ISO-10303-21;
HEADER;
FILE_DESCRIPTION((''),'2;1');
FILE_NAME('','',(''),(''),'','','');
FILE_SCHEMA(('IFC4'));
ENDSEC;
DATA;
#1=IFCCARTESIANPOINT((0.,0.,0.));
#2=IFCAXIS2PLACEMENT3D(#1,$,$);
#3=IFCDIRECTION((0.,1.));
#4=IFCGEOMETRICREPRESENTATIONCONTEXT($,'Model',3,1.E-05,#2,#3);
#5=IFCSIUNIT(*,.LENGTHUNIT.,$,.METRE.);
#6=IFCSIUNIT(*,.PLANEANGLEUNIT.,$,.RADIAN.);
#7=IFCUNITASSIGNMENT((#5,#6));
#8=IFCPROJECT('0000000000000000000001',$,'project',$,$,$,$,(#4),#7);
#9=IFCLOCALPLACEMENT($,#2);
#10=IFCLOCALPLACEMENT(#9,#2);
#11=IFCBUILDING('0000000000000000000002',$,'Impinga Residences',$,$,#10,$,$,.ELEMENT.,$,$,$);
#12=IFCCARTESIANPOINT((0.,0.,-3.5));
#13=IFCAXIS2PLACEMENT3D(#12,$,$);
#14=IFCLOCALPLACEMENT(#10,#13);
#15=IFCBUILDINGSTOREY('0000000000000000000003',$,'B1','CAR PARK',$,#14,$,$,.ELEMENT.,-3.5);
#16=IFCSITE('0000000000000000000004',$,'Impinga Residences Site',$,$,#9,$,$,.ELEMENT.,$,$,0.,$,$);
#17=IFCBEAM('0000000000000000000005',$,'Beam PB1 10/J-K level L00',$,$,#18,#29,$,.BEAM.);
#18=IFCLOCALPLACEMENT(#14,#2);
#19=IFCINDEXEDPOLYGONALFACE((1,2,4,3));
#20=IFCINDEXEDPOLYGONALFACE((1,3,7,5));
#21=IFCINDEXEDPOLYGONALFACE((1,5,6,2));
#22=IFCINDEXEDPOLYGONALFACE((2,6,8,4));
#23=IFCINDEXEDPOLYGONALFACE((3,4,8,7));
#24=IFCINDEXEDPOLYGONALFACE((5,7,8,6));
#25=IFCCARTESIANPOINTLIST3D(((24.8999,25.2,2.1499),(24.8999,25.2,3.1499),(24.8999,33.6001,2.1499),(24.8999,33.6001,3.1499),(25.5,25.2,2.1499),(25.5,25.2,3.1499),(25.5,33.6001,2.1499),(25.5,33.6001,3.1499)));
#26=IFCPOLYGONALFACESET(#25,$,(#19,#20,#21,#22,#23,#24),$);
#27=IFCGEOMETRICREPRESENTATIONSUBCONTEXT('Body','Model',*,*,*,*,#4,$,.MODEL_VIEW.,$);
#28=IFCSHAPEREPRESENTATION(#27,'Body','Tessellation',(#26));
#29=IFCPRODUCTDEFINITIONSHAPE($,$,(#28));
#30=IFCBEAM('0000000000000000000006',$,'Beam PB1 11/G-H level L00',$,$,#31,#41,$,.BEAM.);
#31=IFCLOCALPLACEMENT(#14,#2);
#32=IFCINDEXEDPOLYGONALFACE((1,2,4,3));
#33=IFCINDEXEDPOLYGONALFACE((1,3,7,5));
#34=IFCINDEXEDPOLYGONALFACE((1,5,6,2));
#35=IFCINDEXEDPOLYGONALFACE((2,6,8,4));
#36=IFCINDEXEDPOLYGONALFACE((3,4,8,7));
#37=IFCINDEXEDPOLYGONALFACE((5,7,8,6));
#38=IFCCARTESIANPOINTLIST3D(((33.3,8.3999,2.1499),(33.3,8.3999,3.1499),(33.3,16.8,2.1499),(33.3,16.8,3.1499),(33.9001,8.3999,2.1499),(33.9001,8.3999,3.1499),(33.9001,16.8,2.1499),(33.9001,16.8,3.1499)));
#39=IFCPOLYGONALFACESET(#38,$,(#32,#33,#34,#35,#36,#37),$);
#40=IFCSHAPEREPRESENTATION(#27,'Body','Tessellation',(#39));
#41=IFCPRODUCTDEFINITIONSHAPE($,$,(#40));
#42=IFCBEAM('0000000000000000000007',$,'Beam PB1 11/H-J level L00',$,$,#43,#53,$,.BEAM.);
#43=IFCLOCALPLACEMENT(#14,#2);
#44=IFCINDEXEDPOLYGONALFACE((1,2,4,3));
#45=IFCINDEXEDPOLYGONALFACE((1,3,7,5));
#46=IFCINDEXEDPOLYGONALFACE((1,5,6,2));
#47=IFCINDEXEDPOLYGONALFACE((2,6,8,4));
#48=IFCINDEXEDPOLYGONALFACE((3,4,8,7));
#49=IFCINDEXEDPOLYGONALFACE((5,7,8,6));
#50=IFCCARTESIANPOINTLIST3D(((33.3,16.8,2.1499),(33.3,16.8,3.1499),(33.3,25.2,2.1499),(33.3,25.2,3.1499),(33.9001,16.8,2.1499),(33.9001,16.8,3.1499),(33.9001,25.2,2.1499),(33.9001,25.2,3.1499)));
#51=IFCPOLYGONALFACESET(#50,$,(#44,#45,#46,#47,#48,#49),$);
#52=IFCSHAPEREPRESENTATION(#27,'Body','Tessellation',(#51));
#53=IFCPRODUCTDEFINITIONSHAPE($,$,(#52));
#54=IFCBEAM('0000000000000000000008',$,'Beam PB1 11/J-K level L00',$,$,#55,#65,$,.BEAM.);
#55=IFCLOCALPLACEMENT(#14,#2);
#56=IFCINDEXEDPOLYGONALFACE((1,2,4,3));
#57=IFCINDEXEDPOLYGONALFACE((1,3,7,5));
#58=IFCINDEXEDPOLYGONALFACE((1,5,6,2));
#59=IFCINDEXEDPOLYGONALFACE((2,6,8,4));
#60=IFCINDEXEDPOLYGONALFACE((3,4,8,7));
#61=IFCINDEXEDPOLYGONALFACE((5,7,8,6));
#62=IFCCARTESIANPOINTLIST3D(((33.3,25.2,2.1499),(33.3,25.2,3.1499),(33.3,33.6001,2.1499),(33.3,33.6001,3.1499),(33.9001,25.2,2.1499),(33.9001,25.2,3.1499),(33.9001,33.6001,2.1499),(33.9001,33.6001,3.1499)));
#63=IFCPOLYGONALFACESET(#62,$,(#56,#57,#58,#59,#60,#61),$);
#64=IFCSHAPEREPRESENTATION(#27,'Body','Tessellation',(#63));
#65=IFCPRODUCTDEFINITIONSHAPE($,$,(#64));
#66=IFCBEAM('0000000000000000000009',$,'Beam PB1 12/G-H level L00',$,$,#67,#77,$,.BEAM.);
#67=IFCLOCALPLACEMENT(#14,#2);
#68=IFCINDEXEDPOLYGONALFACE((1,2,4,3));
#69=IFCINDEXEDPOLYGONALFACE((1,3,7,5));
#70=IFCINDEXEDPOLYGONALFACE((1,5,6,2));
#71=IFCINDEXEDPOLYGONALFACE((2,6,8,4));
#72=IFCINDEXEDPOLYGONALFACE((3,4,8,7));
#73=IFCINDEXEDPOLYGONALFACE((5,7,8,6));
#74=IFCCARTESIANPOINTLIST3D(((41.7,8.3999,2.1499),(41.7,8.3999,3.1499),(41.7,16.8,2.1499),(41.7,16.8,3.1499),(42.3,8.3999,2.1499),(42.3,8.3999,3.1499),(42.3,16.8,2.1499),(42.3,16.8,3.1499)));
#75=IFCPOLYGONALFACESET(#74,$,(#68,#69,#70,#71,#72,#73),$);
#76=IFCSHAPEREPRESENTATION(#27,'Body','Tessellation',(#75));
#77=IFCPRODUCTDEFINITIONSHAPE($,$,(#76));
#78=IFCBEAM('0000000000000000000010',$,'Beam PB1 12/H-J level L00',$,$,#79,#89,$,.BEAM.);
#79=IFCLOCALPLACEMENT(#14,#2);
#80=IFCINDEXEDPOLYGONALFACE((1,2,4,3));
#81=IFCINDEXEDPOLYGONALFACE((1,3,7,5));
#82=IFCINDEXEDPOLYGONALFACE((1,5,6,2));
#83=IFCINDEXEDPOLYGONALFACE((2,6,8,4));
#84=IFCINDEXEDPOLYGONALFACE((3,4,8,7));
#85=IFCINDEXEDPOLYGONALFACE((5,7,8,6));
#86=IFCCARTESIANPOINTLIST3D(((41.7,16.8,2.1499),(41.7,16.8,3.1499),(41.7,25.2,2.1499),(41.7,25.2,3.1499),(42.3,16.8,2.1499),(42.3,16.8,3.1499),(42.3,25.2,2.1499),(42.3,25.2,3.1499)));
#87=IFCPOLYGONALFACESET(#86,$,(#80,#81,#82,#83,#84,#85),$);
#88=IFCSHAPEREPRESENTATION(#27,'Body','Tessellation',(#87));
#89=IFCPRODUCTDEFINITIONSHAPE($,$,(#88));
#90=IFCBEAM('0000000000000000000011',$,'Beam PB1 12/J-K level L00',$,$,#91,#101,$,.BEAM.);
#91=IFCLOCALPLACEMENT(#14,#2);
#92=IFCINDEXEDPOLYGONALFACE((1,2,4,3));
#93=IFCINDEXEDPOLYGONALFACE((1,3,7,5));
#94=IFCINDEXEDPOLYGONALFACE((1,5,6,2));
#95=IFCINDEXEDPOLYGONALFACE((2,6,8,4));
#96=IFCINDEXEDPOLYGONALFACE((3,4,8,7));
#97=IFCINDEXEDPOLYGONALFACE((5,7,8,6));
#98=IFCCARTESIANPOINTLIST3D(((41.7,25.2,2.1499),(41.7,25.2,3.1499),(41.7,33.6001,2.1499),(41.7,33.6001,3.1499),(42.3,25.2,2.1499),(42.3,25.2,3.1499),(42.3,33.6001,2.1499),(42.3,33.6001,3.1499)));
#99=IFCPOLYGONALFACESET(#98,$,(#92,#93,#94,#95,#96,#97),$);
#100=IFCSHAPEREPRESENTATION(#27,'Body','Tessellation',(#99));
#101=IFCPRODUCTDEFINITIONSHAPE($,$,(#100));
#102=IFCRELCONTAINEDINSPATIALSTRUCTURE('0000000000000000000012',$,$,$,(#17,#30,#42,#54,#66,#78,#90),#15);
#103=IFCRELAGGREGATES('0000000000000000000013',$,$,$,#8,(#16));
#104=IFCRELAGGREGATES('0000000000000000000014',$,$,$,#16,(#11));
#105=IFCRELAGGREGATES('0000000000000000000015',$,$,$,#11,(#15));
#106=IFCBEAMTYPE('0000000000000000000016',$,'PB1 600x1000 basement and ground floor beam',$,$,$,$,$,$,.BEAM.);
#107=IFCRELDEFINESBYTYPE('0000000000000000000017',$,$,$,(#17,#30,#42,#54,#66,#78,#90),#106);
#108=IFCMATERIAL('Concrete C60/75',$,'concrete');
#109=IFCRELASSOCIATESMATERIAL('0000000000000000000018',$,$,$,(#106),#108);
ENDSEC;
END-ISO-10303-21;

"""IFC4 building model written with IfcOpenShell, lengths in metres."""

from ifc_helpers import new_model, si_unit, direction, frame, origin, origin_2d, place, context, subcontext, project, spatial, rectangle, extrude, material, material_profile, profile_set, type_object, element, save


model = new_model("IFC4")

# Units and contexts
model_context = context("Model", 3, precision=1e-05, world=origin(), true_north=direction((0.0, 1.0)))
body_context = subcontext(model_context, "Body", "Model", "MODEL_VIEW")
ifc_project = project(units=[si_unit("LENGTHUNIT", "METRE"), si_unit("PLANEANGLEUNIT", "RADIAN")], contexts=[model_context])

# Site, building, storey
site_placement = place(None, origin())
site = spatial("IfcSite", under=ifc_project, at=site_placement, Name="Impinga Residences Site", CompositionType="ELEMENT", RefElevation=0.0)
building_placement = place(site_placement, origin())
building = spatial("IfcBuilding", under=site, at=building_placement, Name="Impinga Residences", CompositionType="ELEMENT")
storey_placement = place(building_placement, frame((0.0, 0.0, -3.5)))
storey = spatial("IfcBuildingStorey", under=building, at=storey_placement, Name="B1", Description="CAR PARK", CompositionType="ELEMENT", Elevation=-3.5)

# Beams
ifc_material_1 = material(Name="Concrete C60/75", Category="concrete")
ifc_material_profile_1 = material_profile(ifc_material_1, rectangle(XDim=0.6001, YDim=1.0, at=origin_2d()), Name="RC 600x1000")
ifc_profile_set_1 = profile_set([ifc_material_profile_1], Name="Concrete C60/75")
beam_type = type_object("IfcBeamType", Name="PB1 600x1000 basement and ground floor beam", PredefinedType="BEAM", material=ifc_profile_set_1)
for number, where, z_axis, x_axis, name in (
    (1, (25.2, 25.2, 2.6499), (0.0, 1.0, 0.0), (-1.0, 0.0, 0.0), "Beam PB1 10/J-K level L00"),
    (2, (33.6001, 8.3999, 2.6499), (0.0, 1.0, 0.0), (-1.0, 0.0, 0.0), "Beam PB1 11/G-H level L00"),
):
    element("IfcBeam", number, at=place(storey_placement, frame(where, z_axis=z_axis, x_axis=x_axis)), inside=storey, type_object=beam_type, Name=name, PredefinedType="BEAM", context=body_context, shape_type="SweptSolid", body=[
        extrude(rectangle(XDim=0.6001, YDim=1.0, at=origin_2d()), origin(), (0.0, 0.0, 1.0), 8.4001),
    ])
beam_1_placement = place(storey_placement, frame((33.6001, 16.8, 2.6499), z_axis=(0.0, 1.0, 0.0), x_axis=(-1.0, 0.0, 0.0)))
element("IfcBeam", 3, at=beam_1_placement, inside=storey, type_object=beam_type, Name="Beam PB1 11/H-J level L00", PredefinedType="BEAM", context=body_context, shape_type="SweptSolid", body=[
    extrude(rectangle(XDim=0.6001, YDim=1.0, at=origin_2d()), origin(), (0.0, 0.0, 1.0), 8.3999),
])
for number, where, z_axis, x_axis, name in (
    (4, (33.6001, 25.2, 2.6499), (0.0, 1.0, 0.0), (-1.0, 0.0, 0.0), "Beam PB1 11/J-K level L00"),
    (5, (42.0, 8.3999, 2.6499), (0.0, 1.0, 0.0), (-1.0, 0.0, 0.0), "Beam PB1 12/G-H level L00"),
):
    element("IfcBeam", number, at=place(storey_placement, frame(where, z_axis=z_axis, x_axis=x_axis)), inside=storey, type_object=beam_type, Name=name, PredefinedType="BEAM", context=body_context, shape_type="SweptSolid", body=[
        extrude(rectangle(XDim=0.6001, YDim=1.0, at=origin_2d()), origin(), (0.0, 0.0, 1.0), 8.4001),
    ])
beam_2_placement = place(storey_placement, frame((42.0, 16.8, 2.6499), z_axis=(0.0, 1.0, 0.0), x_axis=(-1.0, 0.0, 0.0)))
element("IfcBeam", 6, at=beam_2_placement, inside=storey, type_object=beam_type, Name="Beam PB1 12/H-J level L00", PredefinedType="BEAM", context=body_context, shape_type="SweptSolid", body=[
    extrude(rectangle(XDim=0.6001, YDim=1.0, at=origin_2d()), origin(), (0.0, 0.0, 1.0), 8.3999),
])
beam_3_placement = place(storey_placement, frame((42.0, 25.2, 2.6499), z_axis=(0.0, 1.0, 0.0), x_axis=(-1.0, 0.0, 0.0)))
element("IfcBeam", 7, at=beam_3_placement, inside=storey, type_object=beam_type, Name="Beam PB1 12/J-K level L00", PredefinedType="BEAM", context=body_context, shape_type="SweptSolid", body=[
    extrude(rectangle(XDim=0.6001, YDim=1.0, at=origin_2d()), origin(), (0.0, 0.0, 1.0), 8.4001),
])

save(model, "model.ifc")
